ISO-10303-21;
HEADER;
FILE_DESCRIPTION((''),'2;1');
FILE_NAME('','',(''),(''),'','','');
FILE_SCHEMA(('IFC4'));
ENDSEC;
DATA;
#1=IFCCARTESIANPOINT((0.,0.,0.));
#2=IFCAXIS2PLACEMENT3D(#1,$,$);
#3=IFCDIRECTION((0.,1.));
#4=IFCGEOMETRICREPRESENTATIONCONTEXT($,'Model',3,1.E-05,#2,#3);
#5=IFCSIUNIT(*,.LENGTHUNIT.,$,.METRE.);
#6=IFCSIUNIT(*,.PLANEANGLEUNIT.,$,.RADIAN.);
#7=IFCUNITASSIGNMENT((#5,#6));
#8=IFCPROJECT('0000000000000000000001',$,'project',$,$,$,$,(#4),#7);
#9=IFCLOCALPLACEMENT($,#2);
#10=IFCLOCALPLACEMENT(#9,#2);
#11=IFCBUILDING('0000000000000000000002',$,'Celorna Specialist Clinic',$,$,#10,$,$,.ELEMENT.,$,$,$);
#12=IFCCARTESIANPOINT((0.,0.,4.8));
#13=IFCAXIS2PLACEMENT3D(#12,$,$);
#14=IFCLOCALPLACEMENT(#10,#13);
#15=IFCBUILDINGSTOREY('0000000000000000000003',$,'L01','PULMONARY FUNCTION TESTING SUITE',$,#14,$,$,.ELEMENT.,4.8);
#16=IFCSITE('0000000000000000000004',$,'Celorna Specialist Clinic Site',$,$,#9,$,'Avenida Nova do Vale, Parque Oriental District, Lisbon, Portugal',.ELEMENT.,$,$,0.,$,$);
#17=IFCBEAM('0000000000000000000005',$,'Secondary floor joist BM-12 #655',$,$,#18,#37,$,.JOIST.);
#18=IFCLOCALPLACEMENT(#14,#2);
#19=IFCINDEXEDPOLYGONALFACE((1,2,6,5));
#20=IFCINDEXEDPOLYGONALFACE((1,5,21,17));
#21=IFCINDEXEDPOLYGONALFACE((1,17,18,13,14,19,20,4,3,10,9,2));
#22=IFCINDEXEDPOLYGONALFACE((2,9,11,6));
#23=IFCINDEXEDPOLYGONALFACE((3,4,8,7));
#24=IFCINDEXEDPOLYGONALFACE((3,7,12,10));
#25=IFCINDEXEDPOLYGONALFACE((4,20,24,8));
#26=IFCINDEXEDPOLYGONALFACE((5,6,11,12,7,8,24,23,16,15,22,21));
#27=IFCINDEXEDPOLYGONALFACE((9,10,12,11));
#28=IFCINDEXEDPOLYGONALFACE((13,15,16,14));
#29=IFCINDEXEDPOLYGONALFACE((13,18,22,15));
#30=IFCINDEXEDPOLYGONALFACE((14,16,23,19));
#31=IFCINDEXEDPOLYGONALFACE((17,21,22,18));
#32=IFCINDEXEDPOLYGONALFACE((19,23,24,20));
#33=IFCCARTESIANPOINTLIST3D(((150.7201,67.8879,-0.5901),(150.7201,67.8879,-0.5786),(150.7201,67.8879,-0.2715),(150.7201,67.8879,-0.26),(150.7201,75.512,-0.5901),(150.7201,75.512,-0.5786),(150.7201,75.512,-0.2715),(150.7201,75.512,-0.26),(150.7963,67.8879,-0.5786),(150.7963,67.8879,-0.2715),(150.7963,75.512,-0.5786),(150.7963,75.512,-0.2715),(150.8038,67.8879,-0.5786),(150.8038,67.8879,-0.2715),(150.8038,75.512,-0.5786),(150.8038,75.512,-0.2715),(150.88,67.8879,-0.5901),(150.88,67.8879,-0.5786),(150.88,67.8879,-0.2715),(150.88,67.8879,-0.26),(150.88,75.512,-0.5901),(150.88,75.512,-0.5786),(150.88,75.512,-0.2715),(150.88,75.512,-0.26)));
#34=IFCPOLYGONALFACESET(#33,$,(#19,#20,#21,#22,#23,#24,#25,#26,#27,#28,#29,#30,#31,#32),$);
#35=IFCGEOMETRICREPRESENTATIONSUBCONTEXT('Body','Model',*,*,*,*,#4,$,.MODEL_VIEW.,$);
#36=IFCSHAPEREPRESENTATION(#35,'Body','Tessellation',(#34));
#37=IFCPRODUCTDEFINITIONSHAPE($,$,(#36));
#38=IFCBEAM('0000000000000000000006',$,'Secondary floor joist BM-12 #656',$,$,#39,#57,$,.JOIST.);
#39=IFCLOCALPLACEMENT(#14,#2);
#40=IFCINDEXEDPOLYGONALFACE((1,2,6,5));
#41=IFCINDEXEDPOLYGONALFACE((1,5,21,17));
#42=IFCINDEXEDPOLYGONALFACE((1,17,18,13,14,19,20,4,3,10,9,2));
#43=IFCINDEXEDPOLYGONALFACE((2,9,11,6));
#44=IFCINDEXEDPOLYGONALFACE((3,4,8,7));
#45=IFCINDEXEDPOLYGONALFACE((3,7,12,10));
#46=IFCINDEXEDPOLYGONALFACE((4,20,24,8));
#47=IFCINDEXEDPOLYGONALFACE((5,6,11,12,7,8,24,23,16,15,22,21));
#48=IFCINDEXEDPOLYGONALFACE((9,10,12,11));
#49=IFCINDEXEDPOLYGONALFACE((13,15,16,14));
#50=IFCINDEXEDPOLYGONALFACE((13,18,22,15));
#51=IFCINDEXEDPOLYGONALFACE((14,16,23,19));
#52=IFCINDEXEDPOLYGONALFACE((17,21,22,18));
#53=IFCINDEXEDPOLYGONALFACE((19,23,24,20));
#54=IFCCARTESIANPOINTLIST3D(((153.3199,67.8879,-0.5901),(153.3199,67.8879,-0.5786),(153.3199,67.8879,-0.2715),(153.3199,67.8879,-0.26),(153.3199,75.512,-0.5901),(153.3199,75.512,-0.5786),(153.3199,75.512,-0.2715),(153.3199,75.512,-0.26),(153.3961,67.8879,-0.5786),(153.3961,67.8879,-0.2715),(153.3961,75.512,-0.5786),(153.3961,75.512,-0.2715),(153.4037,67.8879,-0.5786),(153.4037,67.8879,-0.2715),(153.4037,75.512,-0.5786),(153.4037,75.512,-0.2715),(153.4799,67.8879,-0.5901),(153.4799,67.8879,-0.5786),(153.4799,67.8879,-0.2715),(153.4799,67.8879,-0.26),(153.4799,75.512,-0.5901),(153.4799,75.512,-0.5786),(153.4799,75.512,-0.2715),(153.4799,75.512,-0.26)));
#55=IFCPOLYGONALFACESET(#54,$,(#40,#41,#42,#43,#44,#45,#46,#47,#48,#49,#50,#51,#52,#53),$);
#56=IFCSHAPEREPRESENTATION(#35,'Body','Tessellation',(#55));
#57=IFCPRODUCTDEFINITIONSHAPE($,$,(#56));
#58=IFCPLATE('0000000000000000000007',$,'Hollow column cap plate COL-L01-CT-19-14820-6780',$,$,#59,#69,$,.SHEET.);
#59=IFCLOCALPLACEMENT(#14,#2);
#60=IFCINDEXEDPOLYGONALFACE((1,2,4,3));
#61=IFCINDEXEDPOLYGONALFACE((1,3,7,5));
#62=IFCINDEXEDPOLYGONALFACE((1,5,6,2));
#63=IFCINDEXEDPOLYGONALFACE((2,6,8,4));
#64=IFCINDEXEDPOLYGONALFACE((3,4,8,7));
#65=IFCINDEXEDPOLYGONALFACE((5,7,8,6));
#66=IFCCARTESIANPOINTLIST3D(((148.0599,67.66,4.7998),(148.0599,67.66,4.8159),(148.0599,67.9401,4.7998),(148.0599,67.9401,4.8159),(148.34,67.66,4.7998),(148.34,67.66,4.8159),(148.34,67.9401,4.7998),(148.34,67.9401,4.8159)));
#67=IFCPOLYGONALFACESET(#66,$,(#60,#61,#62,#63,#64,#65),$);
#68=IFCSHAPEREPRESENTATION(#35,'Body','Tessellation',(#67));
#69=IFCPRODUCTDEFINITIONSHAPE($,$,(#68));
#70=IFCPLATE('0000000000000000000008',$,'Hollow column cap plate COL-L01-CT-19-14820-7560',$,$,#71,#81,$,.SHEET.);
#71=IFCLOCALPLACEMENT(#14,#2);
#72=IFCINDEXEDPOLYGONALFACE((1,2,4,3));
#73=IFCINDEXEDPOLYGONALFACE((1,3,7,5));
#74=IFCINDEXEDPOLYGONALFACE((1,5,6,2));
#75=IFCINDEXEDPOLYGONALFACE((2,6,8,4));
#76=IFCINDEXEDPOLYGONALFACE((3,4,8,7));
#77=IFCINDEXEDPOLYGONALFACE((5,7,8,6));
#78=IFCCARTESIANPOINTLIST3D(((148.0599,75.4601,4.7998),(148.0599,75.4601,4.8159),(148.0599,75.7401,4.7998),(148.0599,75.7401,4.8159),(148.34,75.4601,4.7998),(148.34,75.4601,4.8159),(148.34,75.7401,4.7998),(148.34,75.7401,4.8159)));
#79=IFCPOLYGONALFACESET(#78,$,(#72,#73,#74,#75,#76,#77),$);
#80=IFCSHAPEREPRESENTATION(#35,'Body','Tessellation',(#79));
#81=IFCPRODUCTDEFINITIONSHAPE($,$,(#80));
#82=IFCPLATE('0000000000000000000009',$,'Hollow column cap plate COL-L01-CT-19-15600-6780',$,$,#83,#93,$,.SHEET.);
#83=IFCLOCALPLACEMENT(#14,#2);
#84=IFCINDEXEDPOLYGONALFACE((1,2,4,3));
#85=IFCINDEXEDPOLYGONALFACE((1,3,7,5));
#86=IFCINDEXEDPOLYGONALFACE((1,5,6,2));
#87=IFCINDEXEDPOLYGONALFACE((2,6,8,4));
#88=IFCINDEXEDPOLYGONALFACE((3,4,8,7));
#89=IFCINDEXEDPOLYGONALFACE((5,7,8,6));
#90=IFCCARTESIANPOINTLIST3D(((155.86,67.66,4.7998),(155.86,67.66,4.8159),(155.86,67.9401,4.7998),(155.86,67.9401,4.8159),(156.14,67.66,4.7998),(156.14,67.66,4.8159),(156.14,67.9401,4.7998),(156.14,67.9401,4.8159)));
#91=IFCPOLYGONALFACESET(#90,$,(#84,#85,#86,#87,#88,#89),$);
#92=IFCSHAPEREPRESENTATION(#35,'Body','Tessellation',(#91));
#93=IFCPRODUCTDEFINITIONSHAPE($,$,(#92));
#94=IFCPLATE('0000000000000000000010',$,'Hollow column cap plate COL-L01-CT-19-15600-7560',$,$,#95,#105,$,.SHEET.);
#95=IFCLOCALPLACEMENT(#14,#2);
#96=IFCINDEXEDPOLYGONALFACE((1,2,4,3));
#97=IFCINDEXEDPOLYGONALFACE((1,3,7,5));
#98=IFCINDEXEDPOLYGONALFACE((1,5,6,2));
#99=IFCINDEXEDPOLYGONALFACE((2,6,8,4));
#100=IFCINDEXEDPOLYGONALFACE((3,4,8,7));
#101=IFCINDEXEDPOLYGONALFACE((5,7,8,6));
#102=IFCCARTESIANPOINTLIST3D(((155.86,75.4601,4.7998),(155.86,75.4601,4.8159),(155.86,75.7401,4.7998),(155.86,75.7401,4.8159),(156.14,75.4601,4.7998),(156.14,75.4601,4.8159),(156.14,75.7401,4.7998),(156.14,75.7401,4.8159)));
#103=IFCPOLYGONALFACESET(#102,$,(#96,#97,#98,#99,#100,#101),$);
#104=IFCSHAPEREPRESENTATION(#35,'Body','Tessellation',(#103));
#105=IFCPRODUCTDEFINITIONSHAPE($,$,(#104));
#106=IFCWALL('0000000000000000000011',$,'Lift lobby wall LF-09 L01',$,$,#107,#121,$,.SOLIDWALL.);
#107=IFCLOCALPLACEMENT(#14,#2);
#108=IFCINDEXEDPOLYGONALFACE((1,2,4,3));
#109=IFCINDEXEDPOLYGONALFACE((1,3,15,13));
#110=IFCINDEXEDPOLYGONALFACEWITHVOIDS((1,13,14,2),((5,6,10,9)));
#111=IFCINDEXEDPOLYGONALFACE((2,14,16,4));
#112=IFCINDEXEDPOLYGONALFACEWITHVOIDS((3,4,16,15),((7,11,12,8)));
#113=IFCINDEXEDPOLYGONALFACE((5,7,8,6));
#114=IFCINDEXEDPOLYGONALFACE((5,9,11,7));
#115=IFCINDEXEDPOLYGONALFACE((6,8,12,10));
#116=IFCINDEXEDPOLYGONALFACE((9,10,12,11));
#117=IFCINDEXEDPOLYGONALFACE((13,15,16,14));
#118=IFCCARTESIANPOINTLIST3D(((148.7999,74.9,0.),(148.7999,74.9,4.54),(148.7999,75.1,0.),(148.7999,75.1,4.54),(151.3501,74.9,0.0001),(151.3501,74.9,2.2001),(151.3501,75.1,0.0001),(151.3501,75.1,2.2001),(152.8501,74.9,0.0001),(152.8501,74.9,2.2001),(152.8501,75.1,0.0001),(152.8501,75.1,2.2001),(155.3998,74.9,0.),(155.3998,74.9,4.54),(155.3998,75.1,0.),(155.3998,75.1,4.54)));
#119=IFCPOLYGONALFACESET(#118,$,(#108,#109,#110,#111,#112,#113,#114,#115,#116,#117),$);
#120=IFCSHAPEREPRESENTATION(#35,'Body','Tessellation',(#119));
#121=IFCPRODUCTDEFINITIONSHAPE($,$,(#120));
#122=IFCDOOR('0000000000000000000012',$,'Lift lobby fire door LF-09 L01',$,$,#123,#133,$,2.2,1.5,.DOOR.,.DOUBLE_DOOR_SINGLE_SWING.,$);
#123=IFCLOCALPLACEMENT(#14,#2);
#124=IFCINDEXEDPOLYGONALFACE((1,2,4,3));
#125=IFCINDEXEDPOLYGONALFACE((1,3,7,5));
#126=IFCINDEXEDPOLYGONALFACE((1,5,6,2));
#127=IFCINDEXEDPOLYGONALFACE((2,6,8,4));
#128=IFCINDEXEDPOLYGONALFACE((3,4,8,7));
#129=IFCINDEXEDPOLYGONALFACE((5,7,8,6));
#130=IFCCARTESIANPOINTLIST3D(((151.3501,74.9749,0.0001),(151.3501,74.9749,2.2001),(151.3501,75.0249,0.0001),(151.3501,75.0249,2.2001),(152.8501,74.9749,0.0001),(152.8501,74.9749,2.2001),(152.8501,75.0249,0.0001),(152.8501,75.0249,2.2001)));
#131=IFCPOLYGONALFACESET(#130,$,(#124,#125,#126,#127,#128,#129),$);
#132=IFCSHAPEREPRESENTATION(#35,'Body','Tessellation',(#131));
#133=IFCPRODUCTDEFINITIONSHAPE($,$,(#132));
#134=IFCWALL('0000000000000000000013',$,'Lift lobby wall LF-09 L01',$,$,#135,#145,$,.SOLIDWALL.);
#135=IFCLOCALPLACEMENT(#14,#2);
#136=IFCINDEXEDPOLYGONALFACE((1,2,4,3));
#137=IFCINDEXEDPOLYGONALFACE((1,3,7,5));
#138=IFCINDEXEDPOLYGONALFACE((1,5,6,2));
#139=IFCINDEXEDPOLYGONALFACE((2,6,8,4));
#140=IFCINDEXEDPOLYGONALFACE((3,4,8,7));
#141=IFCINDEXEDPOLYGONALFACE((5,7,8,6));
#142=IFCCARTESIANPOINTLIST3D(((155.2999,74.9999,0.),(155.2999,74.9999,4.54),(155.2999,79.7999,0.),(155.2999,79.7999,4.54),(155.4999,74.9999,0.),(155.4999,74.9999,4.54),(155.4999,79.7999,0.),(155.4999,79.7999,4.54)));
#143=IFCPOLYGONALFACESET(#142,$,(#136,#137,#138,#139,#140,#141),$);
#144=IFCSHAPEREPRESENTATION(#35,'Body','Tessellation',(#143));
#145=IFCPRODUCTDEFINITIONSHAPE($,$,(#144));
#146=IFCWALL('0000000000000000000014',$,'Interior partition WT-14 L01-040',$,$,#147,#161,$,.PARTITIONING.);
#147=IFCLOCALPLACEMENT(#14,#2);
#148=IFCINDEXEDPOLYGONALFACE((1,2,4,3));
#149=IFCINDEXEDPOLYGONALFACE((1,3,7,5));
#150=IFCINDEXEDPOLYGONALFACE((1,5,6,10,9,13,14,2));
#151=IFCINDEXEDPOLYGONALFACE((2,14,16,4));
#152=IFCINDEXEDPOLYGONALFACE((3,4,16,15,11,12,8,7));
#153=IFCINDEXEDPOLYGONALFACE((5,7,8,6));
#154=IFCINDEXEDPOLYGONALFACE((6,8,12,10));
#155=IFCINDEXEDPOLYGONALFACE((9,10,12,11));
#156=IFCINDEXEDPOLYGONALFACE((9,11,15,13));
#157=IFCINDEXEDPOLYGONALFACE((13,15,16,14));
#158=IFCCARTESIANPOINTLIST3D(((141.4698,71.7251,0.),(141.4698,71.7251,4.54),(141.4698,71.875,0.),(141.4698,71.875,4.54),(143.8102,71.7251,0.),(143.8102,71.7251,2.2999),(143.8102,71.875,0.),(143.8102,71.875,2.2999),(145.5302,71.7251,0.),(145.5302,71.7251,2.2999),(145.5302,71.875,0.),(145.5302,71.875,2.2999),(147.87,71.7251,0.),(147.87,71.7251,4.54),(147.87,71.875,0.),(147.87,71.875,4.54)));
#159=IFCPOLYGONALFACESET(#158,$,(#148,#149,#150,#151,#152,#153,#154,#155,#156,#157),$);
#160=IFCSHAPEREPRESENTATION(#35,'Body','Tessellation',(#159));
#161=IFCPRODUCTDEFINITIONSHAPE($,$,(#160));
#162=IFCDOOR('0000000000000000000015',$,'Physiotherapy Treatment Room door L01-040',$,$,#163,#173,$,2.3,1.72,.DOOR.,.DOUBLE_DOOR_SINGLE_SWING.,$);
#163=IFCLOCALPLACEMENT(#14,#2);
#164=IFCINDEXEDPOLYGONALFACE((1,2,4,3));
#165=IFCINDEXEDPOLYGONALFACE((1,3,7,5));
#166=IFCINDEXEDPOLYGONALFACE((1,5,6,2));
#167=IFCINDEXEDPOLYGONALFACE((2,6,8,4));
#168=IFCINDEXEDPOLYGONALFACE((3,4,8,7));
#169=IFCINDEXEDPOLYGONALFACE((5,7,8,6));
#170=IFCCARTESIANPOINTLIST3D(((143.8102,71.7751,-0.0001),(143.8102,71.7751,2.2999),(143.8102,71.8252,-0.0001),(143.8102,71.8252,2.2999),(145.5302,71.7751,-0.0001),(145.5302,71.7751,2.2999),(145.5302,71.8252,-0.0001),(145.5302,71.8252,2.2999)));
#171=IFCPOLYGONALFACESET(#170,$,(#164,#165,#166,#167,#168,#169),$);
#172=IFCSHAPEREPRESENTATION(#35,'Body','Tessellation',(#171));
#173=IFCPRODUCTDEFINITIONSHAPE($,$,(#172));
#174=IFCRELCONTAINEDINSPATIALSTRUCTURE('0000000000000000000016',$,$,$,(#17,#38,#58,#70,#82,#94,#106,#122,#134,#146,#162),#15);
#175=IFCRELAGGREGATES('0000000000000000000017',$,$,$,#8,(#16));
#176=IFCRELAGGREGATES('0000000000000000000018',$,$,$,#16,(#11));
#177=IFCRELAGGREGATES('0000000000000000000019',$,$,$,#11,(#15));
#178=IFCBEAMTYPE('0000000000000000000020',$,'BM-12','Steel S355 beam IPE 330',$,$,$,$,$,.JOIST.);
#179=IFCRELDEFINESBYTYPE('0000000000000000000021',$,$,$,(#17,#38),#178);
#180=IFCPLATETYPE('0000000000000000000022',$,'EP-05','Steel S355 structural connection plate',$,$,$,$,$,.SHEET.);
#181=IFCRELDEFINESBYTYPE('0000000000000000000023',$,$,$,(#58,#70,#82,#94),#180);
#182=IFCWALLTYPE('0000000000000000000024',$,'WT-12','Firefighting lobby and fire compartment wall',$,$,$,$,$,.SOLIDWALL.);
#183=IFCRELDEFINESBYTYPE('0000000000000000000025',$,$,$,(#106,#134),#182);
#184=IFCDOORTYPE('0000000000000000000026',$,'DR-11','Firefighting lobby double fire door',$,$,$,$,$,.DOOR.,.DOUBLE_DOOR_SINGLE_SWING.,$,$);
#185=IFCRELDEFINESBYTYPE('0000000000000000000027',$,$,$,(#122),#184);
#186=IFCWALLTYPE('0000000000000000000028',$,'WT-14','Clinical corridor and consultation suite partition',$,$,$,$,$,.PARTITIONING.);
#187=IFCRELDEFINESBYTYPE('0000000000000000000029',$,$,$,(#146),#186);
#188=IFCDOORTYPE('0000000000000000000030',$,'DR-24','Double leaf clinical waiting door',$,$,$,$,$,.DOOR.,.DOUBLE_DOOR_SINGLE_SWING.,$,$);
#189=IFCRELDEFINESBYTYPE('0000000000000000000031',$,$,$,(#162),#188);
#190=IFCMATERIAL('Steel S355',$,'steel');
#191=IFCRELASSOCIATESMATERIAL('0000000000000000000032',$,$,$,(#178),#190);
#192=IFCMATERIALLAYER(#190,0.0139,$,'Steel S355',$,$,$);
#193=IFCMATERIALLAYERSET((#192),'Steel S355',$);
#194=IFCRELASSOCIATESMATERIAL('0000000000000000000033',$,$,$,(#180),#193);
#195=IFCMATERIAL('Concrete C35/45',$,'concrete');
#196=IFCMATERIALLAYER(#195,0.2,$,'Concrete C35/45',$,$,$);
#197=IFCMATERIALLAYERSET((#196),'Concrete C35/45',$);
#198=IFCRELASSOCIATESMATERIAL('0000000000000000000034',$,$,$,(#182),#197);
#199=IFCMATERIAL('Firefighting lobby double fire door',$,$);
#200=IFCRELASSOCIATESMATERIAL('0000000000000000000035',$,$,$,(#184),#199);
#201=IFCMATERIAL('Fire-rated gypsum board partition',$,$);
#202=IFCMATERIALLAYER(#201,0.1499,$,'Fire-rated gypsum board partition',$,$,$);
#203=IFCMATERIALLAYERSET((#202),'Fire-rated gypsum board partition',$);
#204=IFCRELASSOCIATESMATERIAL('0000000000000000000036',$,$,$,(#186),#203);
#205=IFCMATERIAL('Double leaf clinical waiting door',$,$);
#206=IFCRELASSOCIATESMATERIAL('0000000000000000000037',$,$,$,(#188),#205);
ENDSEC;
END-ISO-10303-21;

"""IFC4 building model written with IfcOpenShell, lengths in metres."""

from ifc_helpers import new_model, si_unit, direction, frame, frame_2d, origin, origin_2d, place, context, subcontext, project, spatial, rectangle, i_section, extrude, material, layer, layer_set, material_profile, profile_set, type_object, element, fill, save


model = new_model("IFC4")

# Units and contexts
model_context = context("Model", 3, precision=1e-05, world=origin(), true_north=direction((0.0, 1.0)))
body_context = subcontext(model_context, "Body", "Model", "MODEL_VIEW")
ifc_project = project(units=[si_unit("LENGTHUNIT", "METRE"), si_unit("PLANEANGLEUNIT", "RADIAN")], contexts=[model_context])

# Site, building, storey
site_placement = place(None, origin())
site = spatial("IfcSite", under=ifc_project, at=site_placement, Name="Celorna Specialist Clinic Site", LongName="Avenida Nova do Vale, Parque Oriental District, Lisbon, Portugal", CompositionType="ELEMENT", RefElevation=0.0)
building_placement = place(site_placement, origin())
building = spatial("IfcBuilding", under=site, at=building_placement, Name="Celorna Specialist Clinic", CompositionType="ELEMENT")
storey_placement = place(building_placement, frame((0.0, 0.0, 4.8)))
storey = spatial("IfcBuildingStorey", under=building, at=storey_placement, Name="L01", Description="PULMONARY FUNCTION TESTING SUITE", CompositionType="ELEMENT", Elevation=4.8)

# Shared definitions
ifc_material_1 = material(Name="Steel S355", Category="steel")

# Beams
ifc_material_profile_1 = material_profile(ifc_material_1, i_section(OverallWidth=0.1599, OverallDepth=0.3301, WebThickness=0.0076, FlangeThickness=0.0115, at=origin_2d()), Name="IPE 330")
ifc_profile_set_1 = profile_set([ifc_material_profile_1], Name="Steel S355")
beam_type_1 = type_object("IfcBeamType", Name="BM-12", Description="Steel S355 beam IPE 330", PredefinedType="JOIST", material=ifc_profile_set_1)
for number, where, z_axis, x_axis, name in (
    (1, (150.8, 67.8879, -0.425), (0.0, 1.0, 0.0), (-1.0, 0.0, 0.0), "Secondary floor joist BM-12 #655"),
    (2, (153.3999, 67.8879, -0.425), (0.0, 1.0, 0.0), (-1.0, 0.0, 0.0), "Secondary floor joist BM-12 #656"),
):
    element("IfcBeam", number, at=place(storey_placement, frame(where, z_axis=z_axis, x_axis=x_axis)), inside=storey, type_object=beam_type_1, Name=name, PredefinedType="JOIST", context=body_context, shape_type="SweptSolid", body=[
        extrude(i_section(OverallWidth=0.1599, OverallDepth=0.3301, WebThickness=0.0076, FlangeThickness=0.0115, at=origin_2d()), origin(), (0.0, 0.0, 1.0), 7.624),
    ])

# Plates
ifc_layer_1 = layer(ifc_material_1, 0.0139, Name="Steel S355")
ifc_layer_set_1 = layer_set([ifc_layer_1], Name="Steel S355")
plate_type = type_object("IfcPlateType", Name="EP-05", Description="Steel S355 structural connection plate", PredefinedType="SHEET", material=ifc_layer_set_1)
for number, where, z_axis, x_axis, name in (
    (3, (148.2, 67.8, 4.7998), (0.0, 0.0, 1.0), (1.0, 0.0, 0.0), "Hollow column cap plate COL-L01-CT-19-14820-6780"),
    (4, (148.2, 75.6001, 4.7998), (0.0, 0.0, 1.0), (1.0, 0.0, 0.0), "Hollow column cap plate COL-L01-CT-19-14820-7560"),
    (5, (156.0, 67.8, 4.7998), (0.0, 0.0, 1.0), (1.0, 0.0, 0.0), "Hollow column cap plate COL-L01-CT-19-15600-6780"),
    (6, (156.0, 75.6001, 4.7998), (0.0, 0.0, 1.0), (1.0, 0.0, 0.0), "Hollow column cap plate COL-L01-CT-19-15600-7560"),
):
    element("IfcPlate", number, at=place(storey_placement, frame(where, z_axis=z_axis, x_axis=x_axis)), inside=storey, type_object=plate_type, Name=name, PredefinedType="SHEET", context=body_context, shape_type="SweptSolid", body=[
        extrude(rectangle(XDim=0.28, YDim=0.28, at=origin_2d()), origin(), (0.0, 0.0, 1.0), 0.0161),
    ])

# Wall, opening, door
ifc_material_2 = material(Name="Concrete C35/45", Category="concrete")
ifc_layer_2 = layer(ifc_material_2, 0.2, Name="Concrete C35/45")
ifc_layer_set_2 = layer_set([ifc_layer_2], Name="Concrete C35/45")
wall_type_1 = type_object("IfcWallType", Name="WT-12", Description="Firefighting lobby and fire compartment wall", PredefinedType="SOLIDWALL", material=ifc_layer_set_2)
wall_1_placement = place(storey_placement, frame((148.8, 75.0, 0.0), z_axis=(0.0, 0.0, 1.0), x_axis=(1.0, 0.0, 0.0)))
wall_1 = element("IfcWall", 7, at=wall_1_placement, inside=storey, type_object=wall_type_1, Name="Lift lobby wall LF-09 L01", PredefinedType="SOLIDWALL", context=body_context, shape_type="SweptSolid", body=[
    extrude(rectangle(XDim=6.5999, YDim=0.2, at=frame_2d((3.2998, 0.0))), origin(), (0.0, 0.0, 1.0), 4.54),
])
opening_1_placement = place(wall_1_placement, frame((2.55, 0.0, 0.0)))
opening_1 = element("IfcOpeningElement", 8, at=opening_1_placement, cuts=wall_1, PredefinedType="OPENING", context=body_context, shape_type="SweptSolid", body=[
    extrude(rectangle(XDim=1.5, YDim=2.2, at=frame_2d((0.75, 1.1001))), frame((0.0, 0.1099, 0.0), z_axis=(0.0, -1.0, 0.0), x_axis=(1.0, 0.0, 0.0)), (0.0, 0.0, 1.0), 0.22),
])
ifc_material_3 = material(Name="Firefighting lobby double fire door")
door_type_1 = type_object("IfcDoorType", Name="DR-11", Description="Firefighting lobby double fire door", OperationType="DOUBLE_DOOR_SINGLE_SWING", PredefinedType="DOOR", material=ifc_material_3)
door_1_placement = place(opening_1_placement, origin())
door_1 = element("IfcDoor", 9, at=door_1_placement, inside=storey, type_object=door_type_1, Name="Lift lobby fire door LF-09 L01", OperationType="DOUBLE_DOOR_SINGLE_SWING", OverallHeight=2.2, OverallWidth=1.5, PredefinedType="DOOR", context=body_context, shape_type="SweptSolid", body=[
    extrude(rectangle(XDim=1.5, YDim=2.2, at=frame_2d((0.75, 1.1001))), frame((0.0, 0.0249, 0.0), z_axis=(0.0, -1.0, 0.0), x_axis=(1.0, 0.0, 0.0)), (0.0, 0.0, 1.0), 0.05),
])
fill(opening_1, door_1)

# Wall
wall_2_placement = place(storey_placement, frame((155.3999, 75.0, 0.0), z_axis=(0.0, 0.0, 1.0), x_axis=(0.0, 1.0, 0.0)))
element("IfcWall", 10, at=wall_2_placement, inside=storey, type_object=wall_type_1, Name="Lift lobby wall LF-09 L01", PredefinedType="SOLIDWALL", context=body_context, shape_type="SweptSolid", body=[
    extrude(rectangle(XDim=4.8, YDim=0.2, at=frame_2d((2.3999, 0.0))), origin(), (0.0, 0.0, 1.0), 4.54),
])

# Wall, opening, door
ifc_material_4 = material(Name="Fire-rated gypsum board partition")
ifc_layer_3 = layer(ifc_material_4, 0.1499, Name="Fire-rated gypsum board partition")
ifc_layer_set_3 = layer_set([ifc_layer_3], Name="Fire-rated gypsum board partition")
wall_type_2 = type_object("IfcWallType", Name="WT-14", Description="Clinical corridor and consultation suite partition", PredefinedType="PARTITIONING", material=ifc_layer_set_3)
wall_3_placement = place(storey_placement, frame((147.8701, 71.8, 0.0), z_axis=(0.0, 0.0, 1.0), x_axis=(-1.0, 0.0, 0.0)))
wall_3 = element("IfcWall", 11, at=wall_3_placement, inside=storey, type_object=wall_type_2, Name="Interior partition WT-14 L01-040", PredefinedType="PARTITIONING", context=body_context, shape_type="SweptSolid", body=[
    extrude(rectangle(XDim=6.4001, YDim=0.1499, at=frame_2d((3.2002, 0.0))), origin(), (0.0, 0.0, 1.0), 4.54),
])
opening_2_placement = place(wall_3_placement, frame((2.3401, 0.0, 0.0)))
opening_2 = element("IfcOpeningElement", 12, at=opening_2_placement, cuts=wall_3, PredefinedType="OPENING", context=body_context, shape_type="SweptSolid", body=[
    extrude(rectangle(XDim=1.72, YDim=2.3, at=frame_2d((0.8599, 1.1499))), frame((0.0, 0.085, 0.0), z_axis=(0.0, -1.0, 0.0), x_axis=(1.0, 0.0, 0.0)), (0.0, 0.0, 1.0), 0.1699),
])
ifc_material_5 = material(Name="Double leaf clinical waiting door")
door_type_2 = type_object("IfcDoorType", Name="DR-24", Description="Double leaf clinical waiting door", OperationType="DOUBLE_DOOR_SINGLE_SWING", PredefinedType="DOOR", material=ifc_material_5)
door_2_placement = place(opening_2_placement, origin())
door_2 = element("IfcDoor", 13, at=door_2_placement, inside=storey, type_object=door_type_2, Name="Physiotherapy Treatment Room door L01-040", OperationType="DOUBLE_DOOR_SINGLE_SWING", OverallHeight=2.3, OverallWidth=1.72, PredefinedType="DOOR", context=body_context, shape_type="SweptSolid", body=[
    extrude(rectangle(XDim=1.72, YDim=2.3, at=frame_2d((0.8599, 1.1499))), frame((0.0, 0.0249, 0.0), z_axis=(0.0, -1.0, 0.0), x_axis=(1.0, 0.0, 0.0)), (0.0, 0.0, 1.0), 0.05),
])
fill(opening_2, door_2)

save(model, "model.ifc")
